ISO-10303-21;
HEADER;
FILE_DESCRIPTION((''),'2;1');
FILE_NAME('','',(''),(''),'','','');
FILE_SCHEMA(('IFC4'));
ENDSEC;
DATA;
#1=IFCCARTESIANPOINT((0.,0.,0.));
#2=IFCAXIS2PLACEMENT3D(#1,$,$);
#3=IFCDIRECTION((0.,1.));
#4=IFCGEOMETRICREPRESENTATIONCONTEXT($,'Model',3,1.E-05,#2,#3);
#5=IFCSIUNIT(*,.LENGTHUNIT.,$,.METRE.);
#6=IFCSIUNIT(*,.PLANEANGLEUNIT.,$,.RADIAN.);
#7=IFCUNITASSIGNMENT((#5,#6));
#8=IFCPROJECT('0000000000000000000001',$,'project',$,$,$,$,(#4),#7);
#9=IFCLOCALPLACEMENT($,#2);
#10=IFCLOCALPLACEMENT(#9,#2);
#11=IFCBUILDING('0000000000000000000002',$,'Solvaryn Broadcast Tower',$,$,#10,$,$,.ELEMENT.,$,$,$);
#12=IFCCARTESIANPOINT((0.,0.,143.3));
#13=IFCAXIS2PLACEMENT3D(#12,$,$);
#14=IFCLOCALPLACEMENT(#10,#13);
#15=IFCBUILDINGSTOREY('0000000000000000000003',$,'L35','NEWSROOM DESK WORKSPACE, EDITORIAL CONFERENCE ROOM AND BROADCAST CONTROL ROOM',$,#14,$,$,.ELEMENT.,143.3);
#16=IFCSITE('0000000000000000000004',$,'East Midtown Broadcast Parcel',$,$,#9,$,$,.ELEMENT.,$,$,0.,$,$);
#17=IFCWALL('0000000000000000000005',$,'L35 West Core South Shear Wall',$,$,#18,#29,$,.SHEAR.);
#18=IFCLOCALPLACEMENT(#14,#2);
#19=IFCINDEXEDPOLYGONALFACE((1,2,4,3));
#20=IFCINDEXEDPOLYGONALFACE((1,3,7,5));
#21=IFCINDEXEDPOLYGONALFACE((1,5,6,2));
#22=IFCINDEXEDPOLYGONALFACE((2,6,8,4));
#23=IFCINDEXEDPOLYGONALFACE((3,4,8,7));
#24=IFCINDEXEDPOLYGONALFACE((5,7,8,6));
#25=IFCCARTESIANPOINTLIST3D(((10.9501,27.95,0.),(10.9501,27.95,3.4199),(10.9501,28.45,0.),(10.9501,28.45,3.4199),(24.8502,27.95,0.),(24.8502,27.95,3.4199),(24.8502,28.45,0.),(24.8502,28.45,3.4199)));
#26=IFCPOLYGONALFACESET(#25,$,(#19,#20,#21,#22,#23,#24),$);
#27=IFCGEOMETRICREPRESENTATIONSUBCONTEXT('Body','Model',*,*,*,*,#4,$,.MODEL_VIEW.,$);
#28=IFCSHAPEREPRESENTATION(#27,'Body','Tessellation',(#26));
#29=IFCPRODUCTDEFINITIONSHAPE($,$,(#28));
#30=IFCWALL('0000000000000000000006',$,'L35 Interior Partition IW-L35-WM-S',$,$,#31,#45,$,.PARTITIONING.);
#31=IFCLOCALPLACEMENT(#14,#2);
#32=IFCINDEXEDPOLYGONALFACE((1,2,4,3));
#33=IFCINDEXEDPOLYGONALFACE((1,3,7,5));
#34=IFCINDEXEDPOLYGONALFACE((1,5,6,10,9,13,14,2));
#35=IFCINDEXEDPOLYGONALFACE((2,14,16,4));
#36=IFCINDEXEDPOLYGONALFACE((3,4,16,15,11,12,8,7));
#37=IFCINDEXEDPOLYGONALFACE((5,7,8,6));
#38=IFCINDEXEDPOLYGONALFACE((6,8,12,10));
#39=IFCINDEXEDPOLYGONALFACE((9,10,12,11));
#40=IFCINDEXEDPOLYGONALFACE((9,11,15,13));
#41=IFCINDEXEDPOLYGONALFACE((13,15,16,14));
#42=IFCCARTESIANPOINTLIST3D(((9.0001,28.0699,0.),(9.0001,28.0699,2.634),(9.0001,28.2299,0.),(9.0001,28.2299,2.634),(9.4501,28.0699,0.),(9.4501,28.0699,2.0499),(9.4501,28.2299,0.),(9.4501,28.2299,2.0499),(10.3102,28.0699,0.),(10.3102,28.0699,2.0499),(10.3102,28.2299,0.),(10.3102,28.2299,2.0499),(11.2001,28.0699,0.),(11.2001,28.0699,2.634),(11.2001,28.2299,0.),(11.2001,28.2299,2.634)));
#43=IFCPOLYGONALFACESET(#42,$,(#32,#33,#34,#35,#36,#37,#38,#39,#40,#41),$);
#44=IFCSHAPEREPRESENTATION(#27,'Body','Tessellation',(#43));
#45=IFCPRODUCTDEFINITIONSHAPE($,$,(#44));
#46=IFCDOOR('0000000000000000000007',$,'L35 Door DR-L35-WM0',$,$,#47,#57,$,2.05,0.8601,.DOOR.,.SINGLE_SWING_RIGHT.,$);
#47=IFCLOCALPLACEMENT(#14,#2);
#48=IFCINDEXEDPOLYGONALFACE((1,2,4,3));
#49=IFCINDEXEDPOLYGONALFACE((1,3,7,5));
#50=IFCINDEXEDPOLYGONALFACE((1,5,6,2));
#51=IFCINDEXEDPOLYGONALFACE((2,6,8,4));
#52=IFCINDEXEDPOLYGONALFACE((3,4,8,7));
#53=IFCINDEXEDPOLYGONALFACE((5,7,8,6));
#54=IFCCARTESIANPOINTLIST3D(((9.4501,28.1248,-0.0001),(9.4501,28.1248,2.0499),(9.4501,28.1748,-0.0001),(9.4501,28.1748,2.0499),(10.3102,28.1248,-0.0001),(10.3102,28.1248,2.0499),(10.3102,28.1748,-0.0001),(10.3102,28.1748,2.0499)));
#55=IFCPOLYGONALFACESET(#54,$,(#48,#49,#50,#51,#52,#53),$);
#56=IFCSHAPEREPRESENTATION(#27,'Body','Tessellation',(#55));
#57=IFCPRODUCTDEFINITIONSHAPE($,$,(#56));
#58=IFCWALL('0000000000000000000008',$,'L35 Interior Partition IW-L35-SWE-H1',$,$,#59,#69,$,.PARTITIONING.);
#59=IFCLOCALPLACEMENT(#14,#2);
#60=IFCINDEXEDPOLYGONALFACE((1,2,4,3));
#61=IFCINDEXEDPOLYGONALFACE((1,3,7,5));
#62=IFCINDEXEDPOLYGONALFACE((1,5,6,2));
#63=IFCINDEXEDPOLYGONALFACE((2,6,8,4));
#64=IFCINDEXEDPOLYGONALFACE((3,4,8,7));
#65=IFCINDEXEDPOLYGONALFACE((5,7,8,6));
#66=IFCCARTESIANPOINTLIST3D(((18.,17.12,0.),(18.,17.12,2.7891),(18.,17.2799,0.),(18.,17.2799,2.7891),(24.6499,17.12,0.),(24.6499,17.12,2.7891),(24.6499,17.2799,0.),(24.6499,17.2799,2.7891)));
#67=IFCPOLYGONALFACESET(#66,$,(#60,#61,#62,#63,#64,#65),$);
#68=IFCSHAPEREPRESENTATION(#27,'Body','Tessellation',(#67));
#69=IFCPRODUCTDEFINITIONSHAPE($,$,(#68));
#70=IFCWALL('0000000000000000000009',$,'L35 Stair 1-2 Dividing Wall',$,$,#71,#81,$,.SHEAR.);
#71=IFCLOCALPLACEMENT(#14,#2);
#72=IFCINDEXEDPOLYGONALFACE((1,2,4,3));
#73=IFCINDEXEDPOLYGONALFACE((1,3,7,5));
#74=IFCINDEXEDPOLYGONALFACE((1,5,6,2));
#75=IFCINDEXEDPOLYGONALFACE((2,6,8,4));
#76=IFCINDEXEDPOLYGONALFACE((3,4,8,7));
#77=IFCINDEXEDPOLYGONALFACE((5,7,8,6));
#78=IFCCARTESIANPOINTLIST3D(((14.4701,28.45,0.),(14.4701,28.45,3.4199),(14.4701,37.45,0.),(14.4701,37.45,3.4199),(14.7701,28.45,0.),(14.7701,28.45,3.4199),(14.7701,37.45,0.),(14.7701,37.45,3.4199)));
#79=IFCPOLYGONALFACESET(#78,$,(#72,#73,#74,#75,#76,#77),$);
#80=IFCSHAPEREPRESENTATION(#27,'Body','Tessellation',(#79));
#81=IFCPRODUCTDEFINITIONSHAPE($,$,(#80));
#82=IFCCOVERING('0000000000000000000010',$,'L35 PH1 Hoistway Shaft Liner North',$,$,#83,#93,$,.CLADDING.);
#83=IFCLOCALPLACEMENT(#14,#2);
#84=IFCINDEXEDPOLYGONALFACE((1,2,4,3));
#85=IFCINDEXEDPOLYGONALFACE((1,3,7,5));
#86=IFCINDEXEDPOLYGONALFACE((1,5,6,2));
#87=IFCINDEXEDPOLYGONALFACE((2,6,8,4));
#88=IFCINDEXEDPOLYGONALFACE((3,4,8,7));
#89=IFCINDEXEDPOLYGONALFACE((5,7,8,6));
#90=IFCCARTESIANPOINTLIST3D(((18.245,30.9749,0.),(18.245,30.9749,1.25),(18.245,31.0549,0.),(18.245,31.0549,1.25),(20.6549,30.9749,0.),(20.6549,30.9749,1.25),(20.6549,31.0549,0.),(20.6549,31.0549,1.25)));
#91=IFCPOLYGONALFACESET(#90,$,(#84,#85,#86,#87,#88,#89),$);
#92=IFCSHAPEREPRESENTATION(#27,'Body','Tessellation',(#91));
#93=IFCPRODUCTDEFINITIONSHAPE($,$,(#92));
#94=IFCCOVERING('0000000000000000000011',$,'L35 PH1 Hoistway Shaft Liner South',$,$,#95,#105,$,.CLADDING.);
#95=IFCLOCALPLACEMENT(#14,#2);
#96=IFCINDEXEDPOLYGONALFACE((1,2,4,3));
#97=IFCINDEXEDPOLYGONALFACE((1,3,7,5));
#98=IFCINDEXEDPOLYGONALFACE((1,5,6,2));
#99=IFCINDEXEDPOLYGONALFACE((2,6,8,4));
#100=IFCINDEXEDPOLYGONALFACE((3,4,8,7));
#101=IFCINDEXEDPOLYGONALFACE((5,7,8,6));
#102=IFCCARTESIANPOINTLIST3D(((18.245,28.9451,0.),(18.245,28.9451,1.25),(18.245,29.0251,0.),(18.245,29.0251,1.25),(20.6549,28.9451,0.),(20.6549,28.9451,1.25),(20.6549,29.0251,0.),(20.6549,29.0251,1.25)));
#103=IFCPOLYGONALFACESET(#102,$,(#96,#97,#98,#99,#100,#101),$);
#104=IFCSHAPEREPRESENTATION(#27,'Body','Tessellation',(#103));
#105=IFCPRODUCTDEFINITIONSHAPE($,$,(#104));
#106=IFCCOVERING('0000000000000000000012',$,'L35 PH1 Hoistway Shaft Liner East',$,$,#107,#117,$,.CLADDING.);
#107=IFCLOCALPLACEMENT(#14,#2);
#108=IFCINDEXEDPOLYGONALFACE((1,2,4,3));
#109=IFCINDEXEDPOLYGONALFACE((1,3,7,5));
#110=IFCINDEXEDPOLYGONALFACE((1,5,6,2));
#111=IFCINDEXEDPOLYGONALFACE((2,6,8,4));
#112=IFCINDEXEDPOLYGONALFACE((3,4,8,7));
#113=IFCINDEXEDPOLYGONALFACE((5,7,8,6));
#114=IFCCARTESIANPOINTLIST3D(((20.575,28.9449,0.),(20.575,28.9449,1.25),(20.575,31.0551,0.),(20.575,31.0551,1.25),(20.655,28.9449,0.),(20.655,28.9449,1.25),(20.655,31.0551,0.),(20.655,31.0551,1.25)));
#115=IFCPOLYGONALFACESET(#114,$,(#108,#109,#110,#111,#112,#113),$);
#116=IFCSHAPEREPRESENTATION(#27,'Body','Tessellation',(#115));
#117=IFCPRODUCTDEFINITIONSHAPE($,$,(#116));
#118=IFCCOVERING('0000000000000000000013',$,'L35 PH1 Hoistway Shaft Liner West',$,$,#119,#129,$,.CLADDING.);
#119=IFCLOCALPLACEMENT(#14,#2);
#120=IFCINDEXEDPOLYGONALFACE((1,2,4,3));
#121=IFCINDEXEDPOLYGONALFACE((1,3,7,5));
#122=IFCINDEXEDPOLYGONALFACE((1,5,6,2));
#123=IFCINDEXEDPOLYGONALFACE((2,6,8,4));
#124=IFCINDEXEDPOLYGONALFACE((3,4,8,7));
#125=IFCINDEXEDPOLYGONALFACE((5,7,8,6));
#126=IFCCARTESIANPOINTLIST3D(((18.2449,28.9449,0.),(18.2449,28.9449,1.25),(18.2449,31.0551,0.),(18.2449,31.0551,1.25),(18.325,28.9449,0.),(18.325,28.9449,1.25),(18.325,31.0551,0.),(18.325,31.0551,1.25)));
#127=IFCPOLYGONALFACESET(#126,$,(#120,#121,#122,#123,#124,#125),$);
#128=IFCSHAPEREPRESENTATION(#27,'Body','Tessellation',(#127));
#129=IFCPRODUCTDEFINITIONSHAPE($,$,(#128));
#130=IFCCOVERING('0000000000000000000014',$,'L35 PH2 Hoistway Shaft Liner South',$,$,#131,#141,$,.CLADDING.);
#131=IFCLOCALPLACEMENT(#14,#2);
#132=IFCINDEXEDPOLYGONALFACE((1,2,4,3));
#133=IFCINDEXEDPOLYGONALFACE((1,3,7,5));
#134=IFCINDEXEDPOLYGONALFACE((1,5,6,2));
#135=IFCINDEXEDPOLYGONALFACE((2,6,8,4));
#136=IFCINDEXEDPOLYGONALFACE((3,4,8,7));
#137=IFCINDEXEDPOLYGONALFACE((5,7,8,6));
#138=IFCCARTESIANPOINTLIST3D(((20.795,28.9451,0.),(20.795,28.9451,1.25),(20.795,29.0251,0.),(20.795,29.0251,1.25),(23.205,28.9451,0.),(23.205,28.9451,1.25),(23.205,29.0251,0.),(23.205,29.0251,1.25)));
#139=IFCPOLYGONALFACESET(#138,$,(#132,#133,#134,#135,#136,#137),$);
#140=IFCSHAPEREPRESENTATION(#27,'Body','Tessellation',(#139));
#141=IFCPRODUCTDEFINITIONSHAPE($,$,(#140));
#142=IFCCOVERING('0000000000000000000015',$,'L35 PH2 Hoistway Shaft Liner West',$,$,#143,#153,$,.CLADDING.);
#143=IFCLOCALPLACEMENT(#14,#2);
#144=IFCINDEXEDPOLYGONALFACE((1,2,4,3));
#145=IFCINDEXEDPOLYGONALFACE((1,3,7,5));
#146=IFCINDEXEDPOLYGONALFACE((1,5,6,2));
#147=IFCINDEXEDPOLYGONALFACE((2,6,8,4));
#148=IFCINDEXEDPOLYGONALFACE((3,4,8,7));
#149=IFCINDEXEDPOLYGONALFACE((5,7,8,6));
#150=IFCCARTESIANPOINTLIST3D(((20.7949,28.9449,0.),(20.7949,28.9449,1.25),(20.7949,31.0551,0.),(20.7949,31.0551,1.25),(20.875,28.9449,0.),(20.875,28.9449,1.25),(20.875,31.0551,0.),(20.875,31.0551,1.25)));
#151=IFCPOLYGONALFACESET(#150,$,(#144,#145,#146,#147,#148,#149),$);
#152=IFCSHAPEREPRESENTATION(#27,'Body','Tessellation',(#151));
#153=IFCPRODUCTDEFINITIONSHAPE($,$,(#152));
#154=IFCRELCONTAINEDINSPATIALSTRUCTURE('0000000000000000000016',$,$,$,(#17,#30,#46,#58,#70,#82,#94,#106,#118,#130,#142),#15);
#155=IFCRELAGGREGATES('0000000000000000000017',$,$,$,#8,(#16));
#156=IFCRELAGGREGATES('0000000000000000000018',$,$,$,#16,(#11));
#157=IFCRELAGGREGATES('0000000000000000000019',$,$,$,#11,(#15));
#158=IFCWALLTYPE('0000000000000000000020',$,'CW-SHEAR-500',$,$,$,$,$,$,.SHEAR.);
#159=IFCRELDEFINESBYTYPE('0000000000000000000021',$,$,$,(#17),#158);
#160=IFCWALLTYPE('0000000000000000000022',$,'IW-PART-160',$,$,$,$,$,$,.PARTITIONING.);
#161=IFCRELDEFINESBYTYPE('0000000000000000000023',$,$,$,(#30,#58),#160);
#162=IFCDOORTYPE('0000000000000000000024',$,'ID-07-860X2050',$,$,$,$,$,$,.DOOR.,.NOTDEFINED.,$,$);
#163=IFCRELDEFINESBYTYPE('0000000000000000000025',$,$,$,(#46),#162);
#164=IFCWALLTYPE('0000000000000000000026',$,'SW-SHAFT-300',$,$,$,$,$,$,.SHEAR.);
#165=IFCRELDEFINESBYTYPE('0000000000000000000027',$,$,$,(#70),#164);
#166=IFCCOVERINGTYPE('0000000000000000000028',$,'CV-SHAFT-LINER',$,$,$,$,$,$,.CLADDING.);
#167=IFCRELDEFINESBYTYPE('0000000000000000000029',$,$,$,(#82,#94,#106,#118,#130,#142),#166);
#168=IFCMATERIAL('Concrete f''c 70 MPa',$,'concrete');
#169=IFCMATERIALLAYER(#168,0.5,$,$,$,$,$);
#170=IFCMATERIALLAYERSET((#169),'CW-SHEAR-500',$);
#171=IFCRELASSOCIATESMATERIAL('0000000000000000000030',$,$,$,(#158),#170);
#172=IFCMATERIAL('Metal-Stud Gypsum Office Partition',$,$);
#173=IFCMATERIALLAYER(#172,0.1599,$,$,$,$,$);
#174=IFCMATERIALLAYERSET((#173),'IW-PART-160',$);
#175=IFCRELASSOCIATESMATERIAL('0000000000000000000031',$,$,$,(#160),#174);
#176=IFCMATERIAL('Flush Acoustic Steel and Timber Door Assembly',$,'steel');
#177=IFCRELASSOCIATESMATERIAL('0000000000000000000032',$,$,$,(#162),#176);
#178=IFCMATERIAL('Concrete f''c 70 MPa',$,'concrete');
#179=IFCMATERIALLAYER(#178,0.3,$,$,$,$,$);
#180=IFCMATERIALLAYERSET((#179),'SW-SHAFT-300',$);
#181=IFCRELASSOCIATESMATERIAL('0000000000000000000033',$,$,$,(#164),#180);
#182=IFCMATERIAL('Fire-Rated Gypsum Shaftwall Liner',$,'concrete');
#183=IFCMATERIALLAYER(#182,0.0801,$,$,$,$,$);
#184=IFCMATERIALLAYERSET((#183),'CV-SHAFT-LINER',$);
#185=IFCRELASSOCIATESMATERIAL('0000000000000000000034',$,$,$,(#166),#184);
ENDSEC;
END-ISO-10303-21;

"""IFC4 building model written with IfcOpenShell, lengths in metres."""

from ifc_helpers import new_model, si_unit, direction, frame, frame_2d, origin, origin_2d, place, context, subcontext, project, spatial, rectangle, extrude, material, layer, layer_set, type_object, element, fill, save


model = new_model("IFC4")

# Units and contexts
model_context = context("Model", 3, precision=1e-05, world=origin(), true_north=direction((0.0, 1.0)))
body_context = subcontext(model_context, "Body", "Model", "MODEL_VIEW")
ifc_project = project(units=[si_unit("LENGTHUNIT", "METRE"), si_unit("PLANEANGLEUNIT", "RADIAN")], contexts=[model_context])

# Site, building, storey
site_placement = place(None, origin())
site = spatial("IfcSite", under=ifc_project, at=site_placement, Name="East Midtown Broadcast Parcel", CompositionType="ELEMENT", RefElevation=0.0)
building_placement = place(site_placement, origin())
building = spatial("IfcBuilding", under=site, at=building_placement, Name="Solvaryn Broadcast Tower", CompositionType="ELEMENT")
storey_placement = place(building_placement, frame((0.0, 0.0, 143.3)))
storey = spatial("IfcBuildingStorey", under=building, at=storey_placement, Name="L35", Description="NEWSROOM DESK WORKSPACE, EDITORIAL CONFERENCE ROOM AND BROADCAST CONTROL ROOM", CompositionType="ELEMENT", Elevation=143.3)

# Wall
ifc_material_1 = material(Name="Concrete f'c 70 MPa", Category="concrete")
ifc_layer_1 = layer(ifc_material_1, 0.5)
ifc_layer_set_1 = layer_set([ifc_layer_1], Name="CW-SHEAR-500")
wall_type_1 = type_object("IfcWallType", Name="CW-SHEAR-500", PredefinedType="SHEAR", material=ifc_layer_set_1)
wall_1_placement = place(storey_placement, frame((10.95, 28.2, 0.0), z_axis=(0.0, 0.0, 1.0), x_axis=(1.0, 0.0, 0.0)))
element("IfcWall", 1, at=wall_1_placement, inside=storey, type_object=wall_type_1, Name="L35 West Core South Shear Wall", PredefinedType="SHEAR", context=body_context, shape_type="SweptSolid", body=[
    extrude(rectangle(XDim=13.9001, YDim=0.5, at=frame_2d((6.9502, 0.0))), origin(), (0.0, 0.0, 1.0), 3.4199),
])

# Wall, opening, door
ifc_material_2 = material(Name="Metal-Stud Gypsum Office Partition")
ifc_layer_2 = layer(ifc_material_2, 0.1599)
ifc_layer_set_2 = layer_set([ifc_layer_2], Name="IW-PART-160")
wall_type_2 = type_object("IfcWallType", Name="IW-PART-160", PredefinedType="PARTITIONING", material=ifc_layer_set_2)
wall_2_placement = place(storey_placement, frame((9.0, 28.1499, 0.0), z_axis=(0.0, 0.0, 1.0), x_axis=(1.0, 0.0, 0.0)))
wall_2 = element("IfcWall", 2, at=wall_2_placement, inside=storey, type_object=wall_type_2, Name="L35 Interior Partition IW-L35-WM-S", PredefinedType="PARTITIONING", context=body_context, shape_type="SweptSolid", body=[
    extrude(rectangle(XDim=2.2, YDim=0.1599, at=frame_2d((1.1001, 0.0))), origin(), (0.0, 0.0, 1.0), 2.634),
])
opening_placement = place(wall_2_placement, frame((0.45, 0.0, 0.0)))
opening = element("IfcOpeningElement", 3, at=opening_placement, cuts=wall_2, PredefinedType="OPENING", context=body_context, shape_type="SweptSolid", body=[
    extrude(rectangle(XDim=0.8601, YDim=2.05, at=frame_2d((0.4302, 1.0249))), frame((0.0, 0.0901, 0.0), z_axis=(0.0, -1.0, 0.0), x_axis=(1.0, 0.0, 0.0)), (0.0, 0.0, 1.0), 0.1799),
])
ifc_material_3 = material(Name="Flush Acoustic Steel and Timber Door Assembly", Category="steel")
door_type = type_object("IfcDoorType", Name="ID-07-860X2050", OperationType="NOTDEFINED", PredefinedType="DOOR", material=ifc_material_3)
door_placement = place(opening_placement, origin())
door = element("IfcDoor", 4, at=door_placement, inside=storey, type_object=door_type, Name="L35 Door DR-L35-WM0", OperationType="SINGLE_SWING_RIGHT", OverallHeight=2.05, OverallWidth=0.8601, PredefinedType="DOOR", context=body_context, shape_type="SweptSolid", body=[
    extrude(rectangle(XDim=0.8601, YDim=2.05, at=frame_2d((0.4302, 1.0249))), frame((0.0, 0.0249, 0.0), z_axis=(0.0, -1.0, 0.0), x_axis=(1.0, 0.0, 0.0)), (0.0, 0.0, 1.0), 0.05),
])
fill(opening, door)

# Walls
wall_3_placement = place(storey_placement, frame((18.0, 17.2, 0.0), z_axis=(0.0, 0.0, 1.0), x_axis=(1.0, 0.0, 0.0)))
element("IfcWall", 5, at=wall_3_placement, inside=storey, type_object=wall_type_2, Name="L35 Interior Partition IW-L35-SWE-H1", PredefinedType="PARTITIONING", context=body_context, shape_type="SweptSolid", body=[
    extrude(rectangle(XDim=6.6499, YDim=0.1599, at=frame_2d((3.325, 0.0))), origin(), (0.0, 0.0, 1.0), 2.7891),
])
ifc_material_4 = material(Name="Concrete f'c 70 MPa", Category="concrete")
ifc_layer_3 = layer(ifc_material_4, 0.3)
ifc_layer_set_3 = layer_set([ifc_layer_3], Name="SW-SHAFT-300")
wall_type_3 = type_object("IfcWallType", Name="SW-SHAFT-300", PredefinedType="SHEAR", material=ifc_layer_set_3)
wall_4_placement = place(storey_placement, frame((14.6201, 28.45, 0.0), z_axis=(0.0, 0.0, 1.0), x_axis=(0.0, 1.0, 0.0)))
element("IfcWall", 6, at=wall_4_placement, inside=storey, type_object=wall_type_3, Name="L35 Stair 1-2 Dividing Wall", PredefinedType="SHEAR", context=body_context, shape_type="SweptSolid", body=[
    extrude(rectangle(XDim=9.0, YDim=0.3, at=frame_2d((4.5, 0.0))), origin(), (0.0, 0.0, 1.0), 3.4199),
])

# Coverings
ifc_material_5 = material(Name="Fire-Rated Gypsum Shaftwall Liner", Category="concrete")
ifc_layer_4 = layer(ifc_material_5, 0.0801)
ifc_layer_set_4 = layer_set([ifc_layer_4], Name="CV-SHAFT-LINER")
covering_type = type_object("IfcCoveringType", Name="CV-SHAFT-LINER", PredefinedType="CLADDING", material=ifc_layer_set_4)
for number, where, z_axis, x_axis, name in (
    (7, (19.45, 31.0149, 0.0), (0.0, 0.0, 1.0), (1.0, 0.0, 0.0), "L35 PH1 Hoistway Shaft Liner North"),
    (8, (19.45, 28.9851, 0.0), (0.0, 0.0, 1.0), (1.0, 0.0, 0.0), "L35 PH1 Hoistway Shaft Liner South"),
):
    element("IfcCovering", number, at=place(storey_placement, frame(where, z_axis=z_axis, x_axis=x_axis)), inside=storey, type_object=covering_type, Name=name, PredefinedType="CLADDING", context=body_context, shape_type="SweptSolid", body=[
        extrude(rectangle(XDim=2.4099, YDim=0.0801, at=origin_2d()), origin(), (0.0, 0.0, 1.0), 1.25),
    ])
for number, where, z_axis, x_axis, name in (
    (9, (20.615, 30.0, 0.0), (0.0, 0.0, 1.0), (1.0, 0.0, 0.0), "L35 PH1 Hoistway Shaft Liner East"),
    (10, (18.2849, 30.0, 0.0), (0.0, 0.0, 1.0), (1.0, 0.0, 0.0), "L35 PH1 Hoistway Shaft Liner West"),
):
    element("IfcCovering", number, at=place(storey_placement, frame(where, z_axis=z_axis, x_axis=x_axis)), inside=storey, type_object=covering_type, Name=name, PredefinedType="CLADDING", context=body_context, shape_type="SweptSolid", body=[
        extrude(rectangle(XDim=0.0801, YDim=2.1101, at=origin_2d()), origin(), (0.0, 0.0, 1.0), 1.25),
    ])
covering_1_placement = place(storey_placement, frame((22.0, 28.9851, 0.0), z_axis=(0.0, 0.0, 1.0), x_axis=(1.0, 0.0, 0.0)))
element("IfcCovering", 11, at=covering_1_placement, inside=storey, type_object=covering_type, Name="L35 PH2 Hoistway Shaft Liner South", PredefinedType="CLADDING", context=body_context, shape_type="SweptSolid", body=[
    extrude(rectangle(XDim=2.4099, YDim=0.0801, at=origin_2d()), origin(), (0.0, 0.0, 1.0), 1.25),
])
covering_2_placement = place(storey_placement, frame((20.835, 30.0, 0.0), z_axis=(0.0, 0.0, 1.0), x_axis=(1.0, 0.0, 0.0)))
element("IfcCovering", 12, at=covering_2_placement, inside=storey, type_object=covering_type, Name="L35 PH2 Hoistway Shaft Liner West", PredefinedType="CLADDING", context=body_context, shape_type="SweptSolid", body=[
    extrude(rectangle(XDim=0.0801, YDim=2.1101, at=origin_2d()), origin(), (0.0, 0.0, 1.0), 1.25),
])

save(model, "model.ifc")
